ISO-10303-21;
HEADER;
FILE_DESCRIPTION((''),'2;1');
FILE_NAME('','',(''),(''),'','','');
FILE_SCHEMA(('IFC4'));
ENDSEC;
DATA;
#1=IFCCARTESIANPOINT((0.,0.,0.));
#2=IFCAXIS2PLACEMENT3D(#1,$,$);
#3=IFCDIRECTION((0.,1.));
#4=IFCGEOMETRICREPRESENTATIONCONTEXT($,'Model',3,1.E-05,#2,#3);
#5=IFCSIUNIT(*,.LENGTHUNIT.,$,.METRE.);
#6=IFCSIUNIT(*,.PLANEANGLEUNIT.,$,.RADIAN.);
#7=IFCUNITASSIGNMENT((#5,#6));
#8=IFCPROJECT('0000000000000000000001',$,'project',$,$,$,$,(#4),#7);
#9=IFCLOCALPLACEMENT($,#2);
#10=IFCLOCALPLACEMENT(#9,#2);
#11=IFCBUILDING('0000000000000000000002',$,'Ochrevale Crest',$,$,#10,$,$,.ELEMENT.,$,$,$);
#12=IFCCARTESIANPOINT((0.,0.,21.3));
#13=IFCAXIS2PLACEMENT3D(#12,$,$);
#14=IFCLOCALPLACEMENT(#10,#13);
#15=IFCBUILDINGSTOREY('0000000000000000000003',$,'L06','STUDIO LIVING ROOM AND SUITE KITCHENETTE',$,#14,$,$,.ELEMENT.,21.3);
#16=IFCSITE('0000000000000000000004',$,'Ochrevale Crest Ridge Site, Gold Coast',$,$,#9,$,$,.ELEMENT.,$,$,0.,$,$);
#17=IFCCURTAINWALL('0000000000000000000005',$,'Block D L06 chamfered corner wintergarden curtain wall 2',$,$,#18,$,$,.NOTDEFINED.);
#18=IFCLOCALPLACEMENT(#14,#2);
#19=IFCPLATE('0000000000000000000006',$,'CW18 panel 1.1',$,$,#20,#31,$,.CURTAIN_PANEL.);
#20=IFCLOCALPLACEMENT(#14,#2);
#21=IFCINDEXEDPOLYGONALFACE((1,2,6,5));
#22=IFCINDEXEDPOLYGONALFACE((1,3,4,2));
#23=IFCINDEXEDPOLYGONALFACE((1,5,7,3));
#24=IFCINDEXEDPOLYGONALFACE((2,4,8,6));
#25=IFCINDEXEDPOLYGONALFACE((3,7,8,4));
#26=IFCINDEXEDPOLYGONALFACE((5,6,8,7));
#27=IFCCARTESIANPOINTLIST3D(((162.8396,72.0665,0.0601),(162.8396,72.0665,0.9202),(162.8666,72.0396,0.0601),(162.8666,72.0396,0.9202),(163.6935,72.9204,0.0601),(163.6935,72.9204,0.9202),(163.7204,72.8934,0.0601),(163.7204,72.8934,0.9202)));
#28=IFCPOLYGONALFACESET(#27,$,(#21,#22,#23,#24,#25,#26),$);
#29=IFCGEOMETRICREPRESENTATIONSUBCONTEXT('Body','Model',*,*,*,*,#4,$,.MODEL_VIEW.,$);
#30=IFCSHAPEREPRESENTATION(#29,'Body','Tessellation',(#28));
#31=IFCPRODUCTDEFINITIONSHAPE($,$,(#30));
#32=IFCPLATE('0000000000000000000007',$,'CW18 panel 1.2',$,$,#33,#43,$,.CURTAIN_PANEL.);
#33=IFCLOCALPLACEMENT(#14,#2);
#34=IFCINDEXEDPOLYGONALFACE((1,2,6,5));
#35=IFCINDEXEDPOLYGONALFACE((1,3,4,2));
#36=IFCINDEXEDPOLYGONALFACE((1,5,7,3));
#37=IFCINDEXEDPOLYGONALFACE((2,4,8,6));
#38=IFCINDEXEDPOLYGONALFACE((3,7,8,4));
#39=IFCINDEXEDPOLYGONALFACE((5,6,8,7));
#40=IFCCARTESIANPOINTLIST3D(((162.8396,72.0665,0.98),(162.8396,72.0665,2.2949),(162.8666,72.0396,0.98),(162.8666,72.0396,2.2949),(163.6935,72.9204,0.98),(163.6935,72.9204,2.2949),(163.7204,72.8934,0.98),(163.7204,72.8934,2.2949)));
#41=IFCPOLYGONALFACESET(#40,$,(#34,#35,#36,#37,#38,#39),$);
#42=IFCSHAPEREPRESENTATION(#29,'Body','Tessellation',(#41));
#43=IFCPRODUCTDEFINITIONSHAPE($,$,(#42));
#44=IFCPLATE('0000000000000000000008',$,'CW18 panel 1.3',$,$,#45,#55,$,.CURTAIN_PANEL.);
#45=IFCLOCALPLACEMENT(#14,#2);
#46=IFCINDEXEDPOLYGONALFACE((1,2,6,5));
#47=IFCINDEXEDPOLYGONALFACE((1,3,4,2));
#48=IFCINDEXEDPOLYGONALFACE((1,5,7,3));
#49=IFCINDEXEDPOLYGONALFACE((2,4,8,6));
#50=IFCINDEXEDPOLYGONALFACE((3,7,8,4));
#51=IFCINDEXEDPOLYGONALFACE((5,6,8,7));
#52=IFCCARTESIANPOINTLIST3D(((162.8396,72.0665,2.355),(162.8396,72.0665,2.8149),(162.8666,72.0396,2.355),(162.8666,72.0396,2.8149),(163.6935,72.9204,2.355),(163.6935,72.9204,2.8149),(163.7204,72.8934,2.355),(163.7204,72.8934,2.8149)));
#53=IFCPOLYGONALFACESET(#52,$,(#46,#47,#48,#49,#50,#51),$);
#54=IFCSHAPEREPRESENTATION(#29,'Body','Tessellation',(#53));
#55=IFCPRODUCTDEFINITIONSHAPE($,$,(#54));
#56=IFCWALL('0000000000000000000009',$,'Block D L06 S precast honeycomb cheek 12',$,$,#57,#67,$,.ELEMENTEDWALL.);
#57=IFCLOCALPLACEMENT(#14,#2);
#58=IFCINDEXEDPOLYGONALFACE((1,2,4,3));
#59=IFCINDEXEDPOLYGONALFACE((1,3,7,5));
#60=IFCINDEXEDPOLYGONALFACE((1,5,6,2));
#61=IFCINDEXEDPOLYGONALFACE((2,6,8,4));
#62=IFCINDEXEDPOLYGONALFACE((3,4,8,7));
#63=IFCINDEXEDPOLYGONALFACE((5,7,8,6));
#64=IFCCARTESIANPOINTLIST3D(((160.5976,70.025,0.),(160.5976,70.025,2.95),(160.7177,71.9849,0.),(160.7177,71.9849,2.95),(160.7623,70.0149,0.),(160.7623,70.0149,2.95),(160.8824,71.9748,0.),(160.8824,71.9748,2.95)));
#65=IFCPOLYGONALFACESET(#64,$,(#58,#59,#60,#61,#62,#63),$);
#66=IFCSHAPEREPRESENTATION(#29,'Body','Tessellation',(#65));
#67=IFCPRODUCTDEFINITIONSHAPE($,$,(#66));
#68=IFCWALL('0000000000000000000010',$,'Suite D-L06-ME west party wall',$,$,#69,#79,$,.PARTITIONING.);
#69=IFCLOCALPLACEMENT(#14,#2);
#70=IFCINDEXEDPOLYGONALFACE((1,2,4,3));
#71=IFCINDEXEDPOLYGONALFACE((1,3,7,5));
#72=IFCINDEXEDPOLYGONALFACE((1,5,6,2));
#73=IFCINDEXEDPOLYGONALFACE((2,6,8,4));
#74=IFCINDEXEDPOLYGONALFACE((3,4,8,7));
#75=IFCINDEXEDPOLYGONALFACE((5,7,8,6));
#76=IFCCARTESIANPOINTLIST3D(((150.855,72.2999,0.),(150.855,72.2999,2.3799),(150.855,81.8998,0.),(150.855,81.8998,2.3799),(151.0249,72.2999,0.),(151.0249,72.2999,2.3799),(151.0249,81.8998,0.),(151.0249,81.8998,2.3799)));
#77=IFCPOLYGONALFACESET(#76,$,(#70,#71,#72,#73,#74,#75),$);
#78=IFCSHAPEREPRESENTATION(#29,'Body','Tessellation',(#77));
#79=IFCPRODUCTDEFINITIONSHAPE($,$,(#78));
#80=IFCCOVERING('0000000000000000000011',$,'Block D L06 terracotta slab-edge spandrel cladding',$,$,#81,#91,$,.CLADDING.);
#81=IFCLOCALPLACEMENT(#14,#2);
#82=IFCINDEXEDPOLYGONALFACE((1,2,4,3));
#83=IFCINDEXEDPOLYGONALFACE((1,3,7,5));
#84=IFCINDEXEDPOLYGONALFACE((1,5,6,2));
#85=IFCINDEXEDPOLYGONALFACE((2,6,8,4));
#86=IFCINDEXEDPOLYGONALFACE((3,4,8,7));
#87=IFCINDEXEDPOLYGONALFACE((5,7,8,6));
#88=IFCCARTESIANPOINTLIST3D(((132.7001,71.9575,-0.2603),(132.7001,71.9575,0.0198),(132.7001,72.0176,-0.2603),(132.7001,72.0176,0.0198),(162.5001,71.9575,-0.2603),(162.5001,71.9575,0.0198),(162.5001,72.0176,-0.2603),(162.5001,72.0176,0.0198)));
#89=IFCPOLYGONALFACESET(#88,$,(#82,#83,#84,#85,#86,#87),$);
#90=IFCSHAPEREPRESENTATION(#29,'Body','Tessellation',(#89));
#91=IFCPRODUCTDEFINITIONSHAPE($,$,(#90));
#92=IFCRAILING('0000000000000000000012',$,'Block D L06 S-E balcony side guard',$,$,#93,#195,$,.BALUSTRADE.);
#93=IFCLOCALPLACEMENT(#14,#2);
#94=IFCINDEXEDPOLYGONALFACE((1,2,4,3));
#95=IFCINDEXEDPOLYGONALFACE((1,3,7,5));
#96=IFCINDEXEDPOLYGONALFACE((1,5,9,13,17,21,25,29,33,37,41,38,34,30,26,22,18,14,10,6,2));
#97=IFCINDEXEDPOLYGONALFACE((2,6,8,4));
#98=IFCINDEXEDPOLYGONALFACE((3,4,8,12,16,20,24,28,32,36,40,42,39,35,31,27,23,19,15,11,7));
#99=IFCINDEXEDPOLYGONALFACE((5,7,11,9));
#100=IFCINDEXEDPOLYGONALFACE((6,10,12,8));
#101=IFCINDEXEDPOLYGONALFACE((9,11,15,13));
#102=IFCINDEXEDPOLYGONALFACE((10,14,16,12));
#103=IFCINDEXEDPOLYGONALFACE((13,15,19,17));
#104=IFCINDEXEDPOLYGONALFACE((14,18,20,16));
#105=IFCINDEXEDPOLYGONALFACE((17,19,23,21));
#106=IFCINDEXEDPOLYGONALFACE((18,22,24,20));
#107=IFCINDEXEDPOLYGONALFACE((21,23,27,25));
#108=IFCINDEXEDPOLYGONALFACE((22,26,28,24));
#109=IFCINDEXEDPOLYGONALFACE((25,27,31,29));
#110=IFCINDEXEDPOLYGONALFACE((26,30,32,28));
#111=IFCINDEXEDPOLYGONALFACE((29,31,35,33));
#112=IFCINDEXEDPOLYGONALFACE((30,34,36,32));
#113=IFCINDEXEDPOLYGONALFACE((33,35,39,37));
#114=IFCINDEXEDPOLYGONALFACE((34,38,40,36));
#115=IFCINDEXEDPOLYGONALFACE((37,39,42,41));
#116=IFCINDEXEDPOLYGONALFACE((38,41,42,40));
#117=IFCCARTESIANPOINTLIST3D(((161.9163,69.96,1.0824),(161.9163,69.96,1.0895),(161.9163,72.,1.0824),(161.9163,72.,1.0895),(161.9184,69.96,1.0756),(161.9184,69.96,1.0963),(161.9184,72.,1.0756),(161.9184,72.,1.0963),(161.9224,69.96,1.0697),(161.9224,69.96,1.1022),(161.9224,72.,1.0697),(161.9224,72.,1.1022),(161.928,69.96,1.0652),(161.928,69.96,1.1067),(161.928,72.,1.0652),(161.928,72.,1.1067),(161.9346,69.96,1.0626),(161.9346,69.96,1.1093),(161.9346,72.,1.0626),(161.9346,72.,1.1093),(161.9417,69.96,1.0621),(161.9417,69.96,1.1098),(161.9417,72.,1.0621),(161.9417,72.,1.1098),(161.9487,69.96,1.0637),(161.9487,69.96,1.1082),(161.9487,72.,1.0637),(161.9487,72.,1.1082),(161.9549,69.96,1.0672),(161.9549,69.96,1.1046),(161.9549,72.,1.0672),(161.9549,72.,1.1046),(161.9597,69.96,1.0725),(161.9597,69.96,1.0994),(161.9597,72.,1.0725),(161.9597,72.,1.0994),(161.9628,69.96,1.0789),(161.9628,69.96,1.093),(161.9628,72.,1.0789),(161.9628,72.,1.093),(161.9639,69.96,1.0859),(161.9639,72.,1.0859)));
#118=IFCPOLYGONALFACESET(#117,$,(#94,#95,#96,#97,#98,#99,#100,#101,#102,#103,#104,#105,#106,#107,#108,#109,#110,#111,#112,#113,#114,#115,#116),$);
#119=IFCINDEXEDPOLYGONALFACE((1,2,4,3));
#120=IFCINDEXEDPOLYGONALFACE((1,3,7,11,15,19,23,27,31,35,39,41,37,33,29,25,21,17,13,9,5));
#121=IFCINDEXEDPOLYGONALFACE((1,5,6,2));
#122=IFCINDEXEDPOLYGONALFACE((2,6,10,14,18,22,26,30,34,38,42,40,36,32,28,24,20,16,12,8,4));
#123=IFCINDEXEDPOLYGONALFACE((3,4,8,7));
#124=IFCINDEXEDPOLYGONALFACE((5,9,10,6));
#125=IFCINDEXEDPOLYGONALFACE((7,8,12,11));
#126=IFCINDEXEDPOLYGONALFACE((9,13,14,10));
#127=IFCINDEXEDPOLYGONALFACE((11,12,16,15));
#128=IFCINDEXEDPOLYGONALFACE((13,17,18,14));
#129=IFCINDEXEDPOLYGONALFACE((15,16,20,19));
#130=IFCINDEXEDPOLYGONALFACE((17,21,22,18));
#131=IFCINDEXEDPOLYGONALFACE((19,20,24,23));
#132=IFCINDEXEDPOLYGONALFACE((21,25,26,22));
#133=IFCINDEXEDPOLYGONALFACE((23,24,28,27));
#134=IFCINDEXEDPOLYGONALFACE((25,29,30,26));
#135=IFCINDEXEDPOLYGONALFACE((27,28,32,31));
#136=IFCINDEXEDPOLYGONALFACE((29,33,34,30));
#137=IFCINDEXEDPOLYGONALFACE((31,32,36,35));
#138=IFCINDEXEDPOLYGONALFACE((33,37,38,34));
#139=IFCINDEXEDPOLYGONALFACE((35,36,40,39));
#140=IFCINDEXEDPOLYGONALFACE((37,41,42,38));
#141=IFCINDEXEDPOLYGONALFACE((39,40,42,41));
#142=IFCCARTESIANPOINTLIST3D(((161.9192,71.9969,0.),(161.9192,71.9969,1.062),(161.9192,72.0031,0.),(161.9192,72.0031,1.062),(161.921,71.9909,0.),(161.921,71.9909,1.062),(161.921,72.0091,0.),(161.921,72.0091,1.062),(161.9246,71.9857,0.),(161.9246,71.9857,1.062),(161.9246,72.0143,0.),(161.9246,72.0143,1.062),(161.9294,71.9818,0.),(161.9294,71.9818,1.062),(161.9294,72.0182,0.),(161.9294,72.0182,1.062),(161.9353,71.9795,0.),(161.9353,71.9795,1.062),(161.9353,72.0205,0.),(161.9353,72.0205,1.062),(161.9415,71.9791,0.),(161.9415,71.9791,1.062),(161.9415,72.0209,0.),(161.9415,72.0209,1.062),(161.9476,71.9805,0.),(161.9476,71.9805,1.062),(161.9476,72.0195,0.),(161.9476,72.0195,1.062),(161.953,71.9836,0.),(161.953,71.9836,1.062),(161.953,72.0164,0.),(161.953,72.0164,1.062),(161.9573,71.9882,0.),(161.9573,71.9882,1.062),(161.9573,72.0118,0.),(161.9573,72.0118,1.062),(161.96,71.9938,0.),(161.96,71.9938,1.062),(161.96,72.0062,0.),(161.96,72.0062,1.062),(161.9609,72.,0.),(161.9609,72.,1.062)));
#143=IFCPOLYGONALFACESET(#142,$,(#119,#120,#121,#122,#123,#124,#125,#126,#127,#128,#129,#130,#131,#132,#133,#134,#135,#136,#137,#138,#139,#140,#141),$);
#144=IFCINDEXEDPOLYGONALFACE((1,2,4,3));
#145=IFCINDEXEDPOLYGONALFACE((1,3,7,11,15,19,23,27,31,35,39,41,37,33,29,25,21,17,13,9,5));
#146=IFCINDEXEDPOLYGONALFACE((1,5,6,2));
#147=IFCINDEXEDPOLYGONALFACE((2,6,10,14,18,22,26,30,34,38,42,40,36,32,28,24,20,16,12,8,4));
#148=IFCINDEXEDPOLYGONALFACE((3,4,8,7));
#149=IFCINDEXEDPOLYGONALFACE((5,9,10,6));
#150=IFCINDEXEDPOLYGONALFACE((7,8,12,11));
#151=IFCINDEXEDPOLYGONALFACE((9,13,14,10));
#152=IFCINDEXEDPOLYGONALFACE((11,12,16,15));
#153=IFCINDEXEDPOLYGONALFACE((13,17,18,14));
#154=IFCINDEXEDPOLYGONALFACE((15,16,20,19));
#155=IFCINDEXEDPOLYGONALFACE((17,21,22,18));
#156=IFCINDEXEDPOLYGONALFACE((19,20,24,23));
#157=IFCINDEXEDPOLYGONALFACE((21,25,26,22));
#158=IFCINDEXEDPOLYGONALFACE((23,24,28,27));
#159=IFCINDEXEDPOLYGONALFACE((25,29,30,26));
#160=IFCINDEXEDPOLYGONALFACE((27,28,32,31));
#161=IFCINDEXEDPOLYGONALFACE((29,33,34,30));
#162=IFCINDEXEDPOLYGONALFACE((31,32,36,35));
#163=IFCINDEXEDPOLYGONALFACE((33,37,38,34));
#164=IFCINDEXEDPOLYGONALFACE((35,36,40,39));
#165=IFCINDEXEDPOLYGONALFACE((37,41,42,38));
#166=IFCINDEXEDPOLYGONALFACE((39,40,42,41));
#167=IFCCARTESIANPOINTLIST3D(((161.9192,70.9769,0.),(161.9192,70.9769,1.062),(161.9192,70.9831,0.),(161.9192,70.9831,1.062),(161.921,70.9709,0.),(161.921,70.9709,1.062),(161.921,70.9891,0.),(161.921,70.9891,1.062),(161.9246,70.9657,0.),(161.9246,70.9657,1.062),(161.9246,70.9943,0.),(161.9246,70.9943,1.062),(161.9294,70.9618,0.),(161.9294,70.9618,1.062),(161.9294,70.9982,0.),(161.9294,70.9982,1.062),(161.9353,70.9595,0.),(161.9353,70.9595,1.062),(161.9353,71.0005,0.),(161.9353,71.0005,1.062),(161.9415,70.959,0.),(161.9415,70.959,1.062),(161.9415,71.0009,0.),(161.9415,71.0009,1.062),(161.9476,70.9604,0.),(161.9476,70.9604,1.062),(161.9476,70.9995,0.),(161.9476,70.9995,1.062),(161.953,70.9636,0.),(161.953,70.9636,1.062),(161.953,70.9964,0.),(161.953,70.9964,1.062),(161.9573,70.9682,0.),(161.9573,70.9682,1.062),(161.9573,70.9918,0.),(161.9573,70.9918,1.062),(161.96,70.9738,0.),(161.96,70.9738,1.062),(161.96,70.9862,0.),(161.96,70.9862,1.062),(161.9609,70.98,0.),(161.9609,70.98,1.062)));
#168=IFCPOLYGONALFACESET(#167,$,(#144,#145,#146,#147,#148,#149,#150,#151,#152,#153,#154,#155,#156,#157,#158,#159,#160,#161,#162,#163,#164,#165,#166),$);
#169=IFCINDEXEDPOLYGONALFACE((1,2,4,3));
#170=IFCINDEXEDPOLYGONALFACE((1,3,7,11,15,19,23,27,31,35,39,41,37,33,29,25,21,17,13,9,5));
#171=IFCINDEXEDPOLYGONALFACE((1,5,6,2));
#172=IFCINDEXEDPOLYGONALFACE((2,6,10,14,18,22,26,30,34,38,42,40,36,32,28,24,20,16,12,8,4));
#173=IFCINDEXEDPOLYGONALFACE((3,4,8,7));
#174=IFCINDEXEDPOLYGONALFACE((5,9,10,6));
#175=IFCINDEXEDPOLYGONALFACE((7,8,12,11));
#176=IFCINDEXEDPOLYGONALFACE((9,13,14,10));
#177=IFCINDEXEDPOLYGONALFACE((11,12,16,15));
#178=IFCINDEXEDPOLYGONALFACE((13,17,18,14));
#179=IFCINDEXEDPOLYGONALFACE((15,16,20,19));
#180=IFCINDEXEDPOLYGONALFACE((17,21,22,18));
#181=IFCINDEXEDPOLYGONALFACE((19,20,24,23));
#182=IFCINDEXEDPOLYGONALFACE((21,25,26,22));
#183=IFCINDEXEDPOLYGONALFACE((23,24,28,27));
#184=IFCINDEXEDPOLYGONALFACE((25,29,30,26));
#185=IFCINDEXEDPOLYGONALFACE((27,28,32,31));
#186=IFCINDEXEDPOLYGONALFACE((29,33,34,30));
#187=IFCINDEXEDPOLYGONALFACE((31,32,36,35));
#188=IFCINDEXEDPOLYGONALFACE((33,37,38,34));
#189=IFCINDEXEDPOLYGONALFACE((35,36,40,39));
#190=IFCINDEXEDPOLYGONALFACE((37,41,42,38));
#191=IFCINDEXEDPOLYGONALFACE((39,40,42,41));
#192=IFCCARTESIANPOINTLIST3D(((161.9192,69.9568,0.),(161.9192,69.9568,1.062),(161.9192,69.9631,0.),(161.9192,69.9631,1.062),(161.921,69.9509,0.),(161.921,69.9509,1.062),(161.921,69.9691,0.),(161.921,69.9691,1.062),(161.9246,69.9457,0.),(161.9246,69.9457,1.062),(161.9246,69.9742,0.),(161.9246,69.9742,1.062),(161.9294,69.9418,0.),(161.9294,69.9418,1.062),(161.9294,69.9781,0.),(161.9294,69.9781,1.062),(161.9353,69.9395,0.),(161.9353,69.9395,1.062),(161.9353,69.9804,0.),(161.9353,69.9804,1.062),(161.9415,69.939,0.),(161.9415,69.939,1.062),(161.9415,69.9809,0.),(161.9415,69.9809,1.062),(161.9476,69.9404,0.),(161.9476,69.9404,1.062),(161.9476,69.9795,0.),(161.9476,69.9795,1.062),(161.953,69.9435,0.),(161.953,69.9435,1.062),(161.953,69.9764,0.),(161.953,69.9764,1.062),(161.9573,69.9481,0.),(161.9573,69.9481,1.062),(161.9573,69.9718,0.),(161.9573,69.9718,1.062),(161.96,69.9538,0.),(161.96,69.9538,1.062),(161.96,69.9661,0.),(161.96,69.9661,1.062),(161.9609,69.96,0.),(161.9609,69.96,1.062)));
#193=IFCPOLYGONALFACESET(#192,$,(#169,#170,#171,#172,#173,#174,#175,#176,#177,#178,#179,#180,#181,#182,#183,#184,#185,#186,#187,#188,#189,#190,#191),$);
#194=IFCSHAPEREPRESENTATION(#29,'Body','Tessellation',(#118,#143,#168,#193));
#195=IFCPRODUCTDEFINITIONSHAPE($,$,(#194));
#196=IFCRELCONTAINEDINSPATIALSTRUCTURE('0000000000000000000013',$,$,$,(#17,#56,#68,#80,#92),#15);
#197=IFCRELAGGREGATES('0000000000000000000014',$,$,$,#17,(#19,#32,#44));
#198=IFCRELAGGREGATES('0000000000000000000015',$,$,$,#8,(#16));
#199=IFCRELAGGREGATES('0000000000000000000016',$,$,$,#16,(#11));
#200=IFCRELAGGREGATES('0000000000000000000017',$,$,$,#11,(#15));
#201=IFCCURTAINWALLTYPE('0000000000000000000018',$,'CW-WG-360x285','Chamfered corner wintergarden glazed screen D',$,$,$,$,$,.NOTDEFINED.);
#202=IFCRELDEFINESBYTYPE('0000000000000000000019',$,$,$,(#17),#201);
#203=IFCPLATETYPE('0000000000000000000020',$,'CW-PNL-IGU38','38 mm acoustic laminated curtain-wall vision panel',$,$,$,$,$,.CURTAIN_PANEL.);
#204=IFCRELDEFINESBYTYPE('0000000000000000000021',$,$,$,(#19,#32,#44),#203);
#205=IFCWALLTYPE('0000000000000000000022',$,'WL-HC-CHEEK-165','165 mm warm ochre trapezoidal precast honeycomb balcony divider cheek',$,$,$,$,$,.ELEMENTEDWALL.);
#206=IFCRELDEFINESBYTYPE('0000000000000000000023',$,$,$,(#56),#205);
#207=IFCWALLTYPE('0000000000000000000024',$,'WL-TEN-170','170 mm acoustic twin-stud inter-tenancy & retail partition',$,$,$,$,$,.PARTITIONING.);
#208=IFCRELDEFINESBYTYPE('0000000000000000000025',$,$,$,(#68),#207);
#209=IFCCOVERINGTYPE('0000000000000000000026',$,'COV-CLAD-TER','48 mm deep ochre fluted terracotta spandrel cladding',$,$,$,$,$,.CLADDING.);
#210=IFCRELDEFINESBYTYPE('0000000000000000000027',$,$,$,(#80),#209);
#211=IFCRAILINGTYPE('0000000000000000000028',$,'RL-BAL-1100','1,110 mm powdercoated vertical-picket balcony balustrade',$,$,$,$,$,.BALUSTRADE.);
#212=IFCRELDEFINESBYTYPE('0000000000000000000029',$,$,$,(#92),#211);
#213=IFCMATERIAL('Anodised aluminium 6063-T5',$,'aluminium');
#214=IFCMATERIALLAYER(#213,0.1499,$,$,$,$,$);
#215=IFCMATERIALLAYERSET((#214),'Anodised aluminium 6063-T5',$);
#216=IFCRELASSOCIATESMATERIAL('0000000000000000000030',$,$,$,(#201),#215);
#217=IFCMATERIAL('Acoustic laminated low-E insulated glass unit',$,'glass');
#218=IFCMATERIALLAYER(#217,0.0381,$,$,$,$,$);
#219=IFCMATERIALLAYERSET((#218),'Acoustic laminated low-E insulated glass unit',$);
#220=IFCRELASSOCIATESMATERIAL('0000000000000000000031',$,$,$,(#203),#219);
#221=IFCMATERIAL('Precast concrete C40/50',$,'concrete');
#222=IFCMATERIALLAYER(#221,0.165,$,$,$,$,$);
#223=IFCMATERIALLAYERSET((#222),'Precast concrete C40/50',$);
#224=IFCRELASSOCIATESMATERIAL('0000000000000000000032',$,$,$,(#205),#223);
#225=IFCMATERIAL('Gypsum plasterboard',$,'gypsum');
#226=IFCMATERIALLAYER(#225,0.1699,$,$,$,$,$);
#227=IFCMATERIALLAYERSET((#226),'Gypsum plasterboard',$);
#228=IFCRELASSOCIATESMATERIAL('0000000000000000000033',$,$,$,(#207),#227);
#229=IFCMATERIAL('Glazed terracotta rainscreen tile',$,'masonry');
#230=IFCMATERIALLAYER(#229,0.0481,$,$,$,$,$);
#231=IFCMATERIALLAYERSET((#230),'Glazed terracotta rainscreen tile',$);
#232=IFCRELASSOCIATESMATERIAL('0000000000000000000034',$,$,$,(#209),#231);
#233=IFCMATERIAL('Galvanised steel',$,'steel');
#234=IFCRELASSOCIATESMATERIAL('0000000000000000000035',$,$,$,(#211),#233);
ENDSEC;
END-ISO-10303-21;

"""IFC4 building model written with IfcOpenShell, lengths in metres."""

from ifc_helpers import new_model, si_unit, direction, frame, frame_2d, origin, origin_2d, place, context, subcontext, project, spatial, rectangle, circle, extrude, material, layer, layer_set, type_object, element, aggregate, save


model = new_model("IFC4")

# Units and contexts
model_context = context("Model", 3, precision=1e-05, world=origin(), true_north=direction((0.0, 1.0)))
body_context = subcontext(model_context, "Body", "Model", "MODEL_VIEW")
ifc_project = project(units=[si_unit("LENGTHUNIT", "METRE"), si_unit("PLANEANGLEUNIT", "RADIAN")], contexts=[model_context])

# Site, building, storey
site_placement = place(None, origin())
site = spatial("IfcSite", under=ifc_project, at=site_placement, Name="Ochrevale Crest Ridge Site, Gold Coast", CompositionType="ELEMENT", RefElevation=0.0)
building_placement = place(site_placement, origin())
building = spatial("IfcBuilding", under=site, at=building_placement, Name="Ochrevale Crest", CompositionType="ELEMENT")
storey_placement = place(building_placement, frame((0.0, 0.0, 21.3)))
storey = spatial("IfcBuildingStorey", under=building, at=storey_placement, Name="L06", Description="STUDIO LIVING ROOM AND SUITE KITCHENETTE", CompositionType="ELEMENT", Elevation=21.3)

# Shared definitions
ifc_material_1 = material(Name="Precast concrete C40/50", Category="concrete")

# Curtain wall, plates
ifc_material_2 = material(Name="Anodised aluminium 6063-T5", Category="aluminium")
ifc_layer_1 = layer(ifc_material_2, 0.1499)
ifc_layer_set_1 = layer_set([ifc_layer_1], Name="Anodised aluminium 6063-T5")
curtain_wall_type = type_object("IfcCurtainWallType", Name="CW-WG-360x285", Description="Chamfered corner wintergarden glazed screen D", PredefinedType="NOTDEFINED", material=ifc_layer_set_1)
curtain_wall_placement = place(storey_placement, origin())
curtain_wall = element("IfcCurtainWall", 1, at=curtain_wall_placement, inside=storey, type_object=curtain_wall_type, Name="Block D L06 chamfered corner wintergarden curtain wall 2", PredefinedType="NOTDEFINED")
ifc_material_3 = material(Name="Acoustic laminated low-E insulated glass unit", Category="glass")
ifc_layer_2 = layer(ifc_material_3, 0.0381)
ifc_layer_set_2 = layer_set([ifc_layer_2], Name="Acoustic laminated low-E insulated glass unit")
plate_type = type_object("IfcPlateType", Name="CW-PNL-IGU38", Description="38 mm acoustic laminated curtain-wall vision panel", PredefinedType="CURTAIN_PANEL", material=ifc_layer_set_2)
plate_1_placement = place(storey_placement, frame((163.28, 72.48, 0.0601), z_axis=(0.0, 0.0, 1.0), x_axis=(0.707107, 0.707107, 0.0)))
plate_1 = element("IfcPlate", 2, at=plate_1_placement, type_object=plate_type, Name="CW18 panel 1.1", PredefinedType="CURTAIN_PANEL", context=body_context, shape_type="SweptSolid", body=[
    extrude(rectangle(XDim=1.2075, YDim=0.0381, at=origin_2d()), origin(), (0.0, 0.0, 1.0), 0.8601),
])
plate_2_placement = place(storey_placement, frame((163.28, 72.48, 0.98), z_axis=(0.0, 0.0, 1.0), x_axis=(0.707107, 0.707107, 0.0)))
plate_2 = element("IfcPlate", 3, at=plate_2_placement, type_object=plate_type, Name="CW18 panel 1.2", PredefinedType="CURTAIN_PANEL", context=body_context, shape_type="SweptSolid", body=[
    extrude(rectangle(XDim=1.2075, YDim=0.0381, at=origin_2d()), origin(), (0.0, 0.0, 1.0), 1.3149),
])
plate_3_placement = place(storey_placement, frame((163.28, 72.48, 2.355), z_axis=(0.0, 0.0, 1.0), x_axis=(0.707107, 0.707107, 0.0)))
plate_3 = element("IfcPlate", 4, at=plate_3_placement, type_object=plate_type, Name="CW18 panel 1.3", PredefinedType="CURTAIN_PANEL", context=body_context, shape_type="SweptSolid", body=[
    extrude(rectangle(XDim=1.2075, YDim=0.0381, at=origin_2d()), origin(), (0.0, 0.0, 1.0), 0.46),
])
aggregate(curtain_wall, [plate_1, plate_2, plate_3])

# Walls
ifc_layer_3 = layer(ifc_material_1, 0.165)
ifc_layer_set_3 = layer_set([ifc_layer_3], Name="Precast concrete C40/50")
wall_type_1 = type_object("IfcWallType", Name="WL-HC-CHEEK-165", Description="165 mm warm ochre trapezoidal precast honeycomb balcony divider cheek", PredefinedType="ELEMENTEDWALL", material=ifc_layer_set_3)
wall_1_placement = place(storey_placement, frame((160.8, 71.98, 0.0), z_axis=(0.0, 0.0, 1.0), x_axis=(-0.061171, -0.998127, 0.0)))
element("IfcWall", 5, at=wall_1_placement, inside=storey, type_object=wall_type_1, Name="Block D L06 S precast honeycomb cheek 12", PredefinedType="ELEMENTEDWALL", context=body_context, shape_type="SweptSolid", body=[
    extrude(rectangle(XDim=1.9636, YDim=0.165, at=frame_2d((0.9819, 0.0))), origin(), (0.0, 0.0, 1.0), 2.95),
])
ifc_material_4 = material(Name="Gypsum plasterboard", Category="gypsum")
ifc_layer_4 = layer(ifc_material_4, 0.1699)
ifc_layer_set_4 = layer_set([ifc_layer_4], Name="Gypsum plasterboard")
wall_type_2 = type_object("IfcWallType", Name="WL-TEN-170", Description="170 mm acoustic twin-stud inter-tenancy & retail partition", PredefinedType="PARTITIONING", material=ifc_layer_set_4)
wall_2_placement = place(storey_placement, frame((150.9399, 72.3, 0.0), z_axis=(0.0, 0.0, 1.0), x_axis=(0.0, 1.0, 0.0)))
element("IfcWall", 6, at=wall_2_placement, inside=storey, type_object=wall_type_2, Name="Suite D-L06-ME west party wall", PredefinedType="PARTITIONING", context=body_context, shape_type="SweptSolid", body=[
    extrude(rectangle(XDim=9.5999, YDim=0.1699, at=frame_2d((4.7998, 0.0))), origin(), (0.0, 0.0, 1.0), 2.3799),
])

# Covering
ifc_material_5 = material(Name="Glazed terracotta rainscreen tile", Category="masonry")
ifc_layer_5 = layer(ifc_material_5, 0.0481)
ifc_layer_set_5 = layer_set([ifc_layer_5], Name="Glazed terracotta rainscreen tile")
covering_type = type_object("IfcCoveringType", Name="COV-CLAD-TER", Description="48 mm deep ochre fluted terracotta spandrel cladding", PredefinedType="CLADDING", material=ifc_layer_set_5)
covering_placement = place(storey_placement, frame((147.6001, 71.9875, -0.2603), z_axis=(0.0, 0.0, 1.0), x_axis=(1.0, 0.0, 0.0)))
element("IfcCovering", 7, at=covering_placement, inside=storey, type_object=covering_type, Name="Block D L06 terracotta slab-edge spandrel cladding", PredefinedType="CLADDING", context=body_context, shape_type="SweptSolid", body=[
    extrude(rectangle(XDim=29.8, YDim=0.0601, at=origin_2d()), origin(), (0.0, 0.0, 1.0), 0.28),
])

# Railing
ifc_material_6 = material(Name="Galvanised steel", Category="steel")
railing_type = type_object("IfcRailingType", Name="RL-BAL-1100", Description="1,110 mm powdercoated vertical-picket balcony balustrade", PredefinedType="BALUSTRADE", material=ifc_material_6)
railing_placement = place(storey_placement, frame((161.9399, 72.0, 0.0)))
element("IfcRailing", 8, at=railing_placement, inside=storey, type_object=railing_type, Name="Block D L06 S-E balcony side guard", PredefinedType="BALUSTRADE", context=body_context, shape_type="SweptSolid", body=[
    extrude(circle(Radius=0.0239, at=origin_2d()), frame((0.0, 0.0, 1.0859), z_axis=(0.0, -1.0, 0.0), x_axis=(1.0, 0.0, 0.0)), (0.0, 0.0, 1.0), 2.04),
    extrude(circle(Radius=0.021, at=origin_2d()), origin(), (0.0, 0.0, 1.0), 1.062),
    extrude(circle(Radius=0.021, at=origin_2d()), frame((0.0, -1.02, 0.0)), (0.0, 0.0, 1.0), 1.062),
    extrude(circle(Radius=0.021, at=origin_2d()), frame((0.0, -2.04, 0.0)), (0.0, 0.0, 1.0), 1.062),
])

save(model, "model.ifc")
